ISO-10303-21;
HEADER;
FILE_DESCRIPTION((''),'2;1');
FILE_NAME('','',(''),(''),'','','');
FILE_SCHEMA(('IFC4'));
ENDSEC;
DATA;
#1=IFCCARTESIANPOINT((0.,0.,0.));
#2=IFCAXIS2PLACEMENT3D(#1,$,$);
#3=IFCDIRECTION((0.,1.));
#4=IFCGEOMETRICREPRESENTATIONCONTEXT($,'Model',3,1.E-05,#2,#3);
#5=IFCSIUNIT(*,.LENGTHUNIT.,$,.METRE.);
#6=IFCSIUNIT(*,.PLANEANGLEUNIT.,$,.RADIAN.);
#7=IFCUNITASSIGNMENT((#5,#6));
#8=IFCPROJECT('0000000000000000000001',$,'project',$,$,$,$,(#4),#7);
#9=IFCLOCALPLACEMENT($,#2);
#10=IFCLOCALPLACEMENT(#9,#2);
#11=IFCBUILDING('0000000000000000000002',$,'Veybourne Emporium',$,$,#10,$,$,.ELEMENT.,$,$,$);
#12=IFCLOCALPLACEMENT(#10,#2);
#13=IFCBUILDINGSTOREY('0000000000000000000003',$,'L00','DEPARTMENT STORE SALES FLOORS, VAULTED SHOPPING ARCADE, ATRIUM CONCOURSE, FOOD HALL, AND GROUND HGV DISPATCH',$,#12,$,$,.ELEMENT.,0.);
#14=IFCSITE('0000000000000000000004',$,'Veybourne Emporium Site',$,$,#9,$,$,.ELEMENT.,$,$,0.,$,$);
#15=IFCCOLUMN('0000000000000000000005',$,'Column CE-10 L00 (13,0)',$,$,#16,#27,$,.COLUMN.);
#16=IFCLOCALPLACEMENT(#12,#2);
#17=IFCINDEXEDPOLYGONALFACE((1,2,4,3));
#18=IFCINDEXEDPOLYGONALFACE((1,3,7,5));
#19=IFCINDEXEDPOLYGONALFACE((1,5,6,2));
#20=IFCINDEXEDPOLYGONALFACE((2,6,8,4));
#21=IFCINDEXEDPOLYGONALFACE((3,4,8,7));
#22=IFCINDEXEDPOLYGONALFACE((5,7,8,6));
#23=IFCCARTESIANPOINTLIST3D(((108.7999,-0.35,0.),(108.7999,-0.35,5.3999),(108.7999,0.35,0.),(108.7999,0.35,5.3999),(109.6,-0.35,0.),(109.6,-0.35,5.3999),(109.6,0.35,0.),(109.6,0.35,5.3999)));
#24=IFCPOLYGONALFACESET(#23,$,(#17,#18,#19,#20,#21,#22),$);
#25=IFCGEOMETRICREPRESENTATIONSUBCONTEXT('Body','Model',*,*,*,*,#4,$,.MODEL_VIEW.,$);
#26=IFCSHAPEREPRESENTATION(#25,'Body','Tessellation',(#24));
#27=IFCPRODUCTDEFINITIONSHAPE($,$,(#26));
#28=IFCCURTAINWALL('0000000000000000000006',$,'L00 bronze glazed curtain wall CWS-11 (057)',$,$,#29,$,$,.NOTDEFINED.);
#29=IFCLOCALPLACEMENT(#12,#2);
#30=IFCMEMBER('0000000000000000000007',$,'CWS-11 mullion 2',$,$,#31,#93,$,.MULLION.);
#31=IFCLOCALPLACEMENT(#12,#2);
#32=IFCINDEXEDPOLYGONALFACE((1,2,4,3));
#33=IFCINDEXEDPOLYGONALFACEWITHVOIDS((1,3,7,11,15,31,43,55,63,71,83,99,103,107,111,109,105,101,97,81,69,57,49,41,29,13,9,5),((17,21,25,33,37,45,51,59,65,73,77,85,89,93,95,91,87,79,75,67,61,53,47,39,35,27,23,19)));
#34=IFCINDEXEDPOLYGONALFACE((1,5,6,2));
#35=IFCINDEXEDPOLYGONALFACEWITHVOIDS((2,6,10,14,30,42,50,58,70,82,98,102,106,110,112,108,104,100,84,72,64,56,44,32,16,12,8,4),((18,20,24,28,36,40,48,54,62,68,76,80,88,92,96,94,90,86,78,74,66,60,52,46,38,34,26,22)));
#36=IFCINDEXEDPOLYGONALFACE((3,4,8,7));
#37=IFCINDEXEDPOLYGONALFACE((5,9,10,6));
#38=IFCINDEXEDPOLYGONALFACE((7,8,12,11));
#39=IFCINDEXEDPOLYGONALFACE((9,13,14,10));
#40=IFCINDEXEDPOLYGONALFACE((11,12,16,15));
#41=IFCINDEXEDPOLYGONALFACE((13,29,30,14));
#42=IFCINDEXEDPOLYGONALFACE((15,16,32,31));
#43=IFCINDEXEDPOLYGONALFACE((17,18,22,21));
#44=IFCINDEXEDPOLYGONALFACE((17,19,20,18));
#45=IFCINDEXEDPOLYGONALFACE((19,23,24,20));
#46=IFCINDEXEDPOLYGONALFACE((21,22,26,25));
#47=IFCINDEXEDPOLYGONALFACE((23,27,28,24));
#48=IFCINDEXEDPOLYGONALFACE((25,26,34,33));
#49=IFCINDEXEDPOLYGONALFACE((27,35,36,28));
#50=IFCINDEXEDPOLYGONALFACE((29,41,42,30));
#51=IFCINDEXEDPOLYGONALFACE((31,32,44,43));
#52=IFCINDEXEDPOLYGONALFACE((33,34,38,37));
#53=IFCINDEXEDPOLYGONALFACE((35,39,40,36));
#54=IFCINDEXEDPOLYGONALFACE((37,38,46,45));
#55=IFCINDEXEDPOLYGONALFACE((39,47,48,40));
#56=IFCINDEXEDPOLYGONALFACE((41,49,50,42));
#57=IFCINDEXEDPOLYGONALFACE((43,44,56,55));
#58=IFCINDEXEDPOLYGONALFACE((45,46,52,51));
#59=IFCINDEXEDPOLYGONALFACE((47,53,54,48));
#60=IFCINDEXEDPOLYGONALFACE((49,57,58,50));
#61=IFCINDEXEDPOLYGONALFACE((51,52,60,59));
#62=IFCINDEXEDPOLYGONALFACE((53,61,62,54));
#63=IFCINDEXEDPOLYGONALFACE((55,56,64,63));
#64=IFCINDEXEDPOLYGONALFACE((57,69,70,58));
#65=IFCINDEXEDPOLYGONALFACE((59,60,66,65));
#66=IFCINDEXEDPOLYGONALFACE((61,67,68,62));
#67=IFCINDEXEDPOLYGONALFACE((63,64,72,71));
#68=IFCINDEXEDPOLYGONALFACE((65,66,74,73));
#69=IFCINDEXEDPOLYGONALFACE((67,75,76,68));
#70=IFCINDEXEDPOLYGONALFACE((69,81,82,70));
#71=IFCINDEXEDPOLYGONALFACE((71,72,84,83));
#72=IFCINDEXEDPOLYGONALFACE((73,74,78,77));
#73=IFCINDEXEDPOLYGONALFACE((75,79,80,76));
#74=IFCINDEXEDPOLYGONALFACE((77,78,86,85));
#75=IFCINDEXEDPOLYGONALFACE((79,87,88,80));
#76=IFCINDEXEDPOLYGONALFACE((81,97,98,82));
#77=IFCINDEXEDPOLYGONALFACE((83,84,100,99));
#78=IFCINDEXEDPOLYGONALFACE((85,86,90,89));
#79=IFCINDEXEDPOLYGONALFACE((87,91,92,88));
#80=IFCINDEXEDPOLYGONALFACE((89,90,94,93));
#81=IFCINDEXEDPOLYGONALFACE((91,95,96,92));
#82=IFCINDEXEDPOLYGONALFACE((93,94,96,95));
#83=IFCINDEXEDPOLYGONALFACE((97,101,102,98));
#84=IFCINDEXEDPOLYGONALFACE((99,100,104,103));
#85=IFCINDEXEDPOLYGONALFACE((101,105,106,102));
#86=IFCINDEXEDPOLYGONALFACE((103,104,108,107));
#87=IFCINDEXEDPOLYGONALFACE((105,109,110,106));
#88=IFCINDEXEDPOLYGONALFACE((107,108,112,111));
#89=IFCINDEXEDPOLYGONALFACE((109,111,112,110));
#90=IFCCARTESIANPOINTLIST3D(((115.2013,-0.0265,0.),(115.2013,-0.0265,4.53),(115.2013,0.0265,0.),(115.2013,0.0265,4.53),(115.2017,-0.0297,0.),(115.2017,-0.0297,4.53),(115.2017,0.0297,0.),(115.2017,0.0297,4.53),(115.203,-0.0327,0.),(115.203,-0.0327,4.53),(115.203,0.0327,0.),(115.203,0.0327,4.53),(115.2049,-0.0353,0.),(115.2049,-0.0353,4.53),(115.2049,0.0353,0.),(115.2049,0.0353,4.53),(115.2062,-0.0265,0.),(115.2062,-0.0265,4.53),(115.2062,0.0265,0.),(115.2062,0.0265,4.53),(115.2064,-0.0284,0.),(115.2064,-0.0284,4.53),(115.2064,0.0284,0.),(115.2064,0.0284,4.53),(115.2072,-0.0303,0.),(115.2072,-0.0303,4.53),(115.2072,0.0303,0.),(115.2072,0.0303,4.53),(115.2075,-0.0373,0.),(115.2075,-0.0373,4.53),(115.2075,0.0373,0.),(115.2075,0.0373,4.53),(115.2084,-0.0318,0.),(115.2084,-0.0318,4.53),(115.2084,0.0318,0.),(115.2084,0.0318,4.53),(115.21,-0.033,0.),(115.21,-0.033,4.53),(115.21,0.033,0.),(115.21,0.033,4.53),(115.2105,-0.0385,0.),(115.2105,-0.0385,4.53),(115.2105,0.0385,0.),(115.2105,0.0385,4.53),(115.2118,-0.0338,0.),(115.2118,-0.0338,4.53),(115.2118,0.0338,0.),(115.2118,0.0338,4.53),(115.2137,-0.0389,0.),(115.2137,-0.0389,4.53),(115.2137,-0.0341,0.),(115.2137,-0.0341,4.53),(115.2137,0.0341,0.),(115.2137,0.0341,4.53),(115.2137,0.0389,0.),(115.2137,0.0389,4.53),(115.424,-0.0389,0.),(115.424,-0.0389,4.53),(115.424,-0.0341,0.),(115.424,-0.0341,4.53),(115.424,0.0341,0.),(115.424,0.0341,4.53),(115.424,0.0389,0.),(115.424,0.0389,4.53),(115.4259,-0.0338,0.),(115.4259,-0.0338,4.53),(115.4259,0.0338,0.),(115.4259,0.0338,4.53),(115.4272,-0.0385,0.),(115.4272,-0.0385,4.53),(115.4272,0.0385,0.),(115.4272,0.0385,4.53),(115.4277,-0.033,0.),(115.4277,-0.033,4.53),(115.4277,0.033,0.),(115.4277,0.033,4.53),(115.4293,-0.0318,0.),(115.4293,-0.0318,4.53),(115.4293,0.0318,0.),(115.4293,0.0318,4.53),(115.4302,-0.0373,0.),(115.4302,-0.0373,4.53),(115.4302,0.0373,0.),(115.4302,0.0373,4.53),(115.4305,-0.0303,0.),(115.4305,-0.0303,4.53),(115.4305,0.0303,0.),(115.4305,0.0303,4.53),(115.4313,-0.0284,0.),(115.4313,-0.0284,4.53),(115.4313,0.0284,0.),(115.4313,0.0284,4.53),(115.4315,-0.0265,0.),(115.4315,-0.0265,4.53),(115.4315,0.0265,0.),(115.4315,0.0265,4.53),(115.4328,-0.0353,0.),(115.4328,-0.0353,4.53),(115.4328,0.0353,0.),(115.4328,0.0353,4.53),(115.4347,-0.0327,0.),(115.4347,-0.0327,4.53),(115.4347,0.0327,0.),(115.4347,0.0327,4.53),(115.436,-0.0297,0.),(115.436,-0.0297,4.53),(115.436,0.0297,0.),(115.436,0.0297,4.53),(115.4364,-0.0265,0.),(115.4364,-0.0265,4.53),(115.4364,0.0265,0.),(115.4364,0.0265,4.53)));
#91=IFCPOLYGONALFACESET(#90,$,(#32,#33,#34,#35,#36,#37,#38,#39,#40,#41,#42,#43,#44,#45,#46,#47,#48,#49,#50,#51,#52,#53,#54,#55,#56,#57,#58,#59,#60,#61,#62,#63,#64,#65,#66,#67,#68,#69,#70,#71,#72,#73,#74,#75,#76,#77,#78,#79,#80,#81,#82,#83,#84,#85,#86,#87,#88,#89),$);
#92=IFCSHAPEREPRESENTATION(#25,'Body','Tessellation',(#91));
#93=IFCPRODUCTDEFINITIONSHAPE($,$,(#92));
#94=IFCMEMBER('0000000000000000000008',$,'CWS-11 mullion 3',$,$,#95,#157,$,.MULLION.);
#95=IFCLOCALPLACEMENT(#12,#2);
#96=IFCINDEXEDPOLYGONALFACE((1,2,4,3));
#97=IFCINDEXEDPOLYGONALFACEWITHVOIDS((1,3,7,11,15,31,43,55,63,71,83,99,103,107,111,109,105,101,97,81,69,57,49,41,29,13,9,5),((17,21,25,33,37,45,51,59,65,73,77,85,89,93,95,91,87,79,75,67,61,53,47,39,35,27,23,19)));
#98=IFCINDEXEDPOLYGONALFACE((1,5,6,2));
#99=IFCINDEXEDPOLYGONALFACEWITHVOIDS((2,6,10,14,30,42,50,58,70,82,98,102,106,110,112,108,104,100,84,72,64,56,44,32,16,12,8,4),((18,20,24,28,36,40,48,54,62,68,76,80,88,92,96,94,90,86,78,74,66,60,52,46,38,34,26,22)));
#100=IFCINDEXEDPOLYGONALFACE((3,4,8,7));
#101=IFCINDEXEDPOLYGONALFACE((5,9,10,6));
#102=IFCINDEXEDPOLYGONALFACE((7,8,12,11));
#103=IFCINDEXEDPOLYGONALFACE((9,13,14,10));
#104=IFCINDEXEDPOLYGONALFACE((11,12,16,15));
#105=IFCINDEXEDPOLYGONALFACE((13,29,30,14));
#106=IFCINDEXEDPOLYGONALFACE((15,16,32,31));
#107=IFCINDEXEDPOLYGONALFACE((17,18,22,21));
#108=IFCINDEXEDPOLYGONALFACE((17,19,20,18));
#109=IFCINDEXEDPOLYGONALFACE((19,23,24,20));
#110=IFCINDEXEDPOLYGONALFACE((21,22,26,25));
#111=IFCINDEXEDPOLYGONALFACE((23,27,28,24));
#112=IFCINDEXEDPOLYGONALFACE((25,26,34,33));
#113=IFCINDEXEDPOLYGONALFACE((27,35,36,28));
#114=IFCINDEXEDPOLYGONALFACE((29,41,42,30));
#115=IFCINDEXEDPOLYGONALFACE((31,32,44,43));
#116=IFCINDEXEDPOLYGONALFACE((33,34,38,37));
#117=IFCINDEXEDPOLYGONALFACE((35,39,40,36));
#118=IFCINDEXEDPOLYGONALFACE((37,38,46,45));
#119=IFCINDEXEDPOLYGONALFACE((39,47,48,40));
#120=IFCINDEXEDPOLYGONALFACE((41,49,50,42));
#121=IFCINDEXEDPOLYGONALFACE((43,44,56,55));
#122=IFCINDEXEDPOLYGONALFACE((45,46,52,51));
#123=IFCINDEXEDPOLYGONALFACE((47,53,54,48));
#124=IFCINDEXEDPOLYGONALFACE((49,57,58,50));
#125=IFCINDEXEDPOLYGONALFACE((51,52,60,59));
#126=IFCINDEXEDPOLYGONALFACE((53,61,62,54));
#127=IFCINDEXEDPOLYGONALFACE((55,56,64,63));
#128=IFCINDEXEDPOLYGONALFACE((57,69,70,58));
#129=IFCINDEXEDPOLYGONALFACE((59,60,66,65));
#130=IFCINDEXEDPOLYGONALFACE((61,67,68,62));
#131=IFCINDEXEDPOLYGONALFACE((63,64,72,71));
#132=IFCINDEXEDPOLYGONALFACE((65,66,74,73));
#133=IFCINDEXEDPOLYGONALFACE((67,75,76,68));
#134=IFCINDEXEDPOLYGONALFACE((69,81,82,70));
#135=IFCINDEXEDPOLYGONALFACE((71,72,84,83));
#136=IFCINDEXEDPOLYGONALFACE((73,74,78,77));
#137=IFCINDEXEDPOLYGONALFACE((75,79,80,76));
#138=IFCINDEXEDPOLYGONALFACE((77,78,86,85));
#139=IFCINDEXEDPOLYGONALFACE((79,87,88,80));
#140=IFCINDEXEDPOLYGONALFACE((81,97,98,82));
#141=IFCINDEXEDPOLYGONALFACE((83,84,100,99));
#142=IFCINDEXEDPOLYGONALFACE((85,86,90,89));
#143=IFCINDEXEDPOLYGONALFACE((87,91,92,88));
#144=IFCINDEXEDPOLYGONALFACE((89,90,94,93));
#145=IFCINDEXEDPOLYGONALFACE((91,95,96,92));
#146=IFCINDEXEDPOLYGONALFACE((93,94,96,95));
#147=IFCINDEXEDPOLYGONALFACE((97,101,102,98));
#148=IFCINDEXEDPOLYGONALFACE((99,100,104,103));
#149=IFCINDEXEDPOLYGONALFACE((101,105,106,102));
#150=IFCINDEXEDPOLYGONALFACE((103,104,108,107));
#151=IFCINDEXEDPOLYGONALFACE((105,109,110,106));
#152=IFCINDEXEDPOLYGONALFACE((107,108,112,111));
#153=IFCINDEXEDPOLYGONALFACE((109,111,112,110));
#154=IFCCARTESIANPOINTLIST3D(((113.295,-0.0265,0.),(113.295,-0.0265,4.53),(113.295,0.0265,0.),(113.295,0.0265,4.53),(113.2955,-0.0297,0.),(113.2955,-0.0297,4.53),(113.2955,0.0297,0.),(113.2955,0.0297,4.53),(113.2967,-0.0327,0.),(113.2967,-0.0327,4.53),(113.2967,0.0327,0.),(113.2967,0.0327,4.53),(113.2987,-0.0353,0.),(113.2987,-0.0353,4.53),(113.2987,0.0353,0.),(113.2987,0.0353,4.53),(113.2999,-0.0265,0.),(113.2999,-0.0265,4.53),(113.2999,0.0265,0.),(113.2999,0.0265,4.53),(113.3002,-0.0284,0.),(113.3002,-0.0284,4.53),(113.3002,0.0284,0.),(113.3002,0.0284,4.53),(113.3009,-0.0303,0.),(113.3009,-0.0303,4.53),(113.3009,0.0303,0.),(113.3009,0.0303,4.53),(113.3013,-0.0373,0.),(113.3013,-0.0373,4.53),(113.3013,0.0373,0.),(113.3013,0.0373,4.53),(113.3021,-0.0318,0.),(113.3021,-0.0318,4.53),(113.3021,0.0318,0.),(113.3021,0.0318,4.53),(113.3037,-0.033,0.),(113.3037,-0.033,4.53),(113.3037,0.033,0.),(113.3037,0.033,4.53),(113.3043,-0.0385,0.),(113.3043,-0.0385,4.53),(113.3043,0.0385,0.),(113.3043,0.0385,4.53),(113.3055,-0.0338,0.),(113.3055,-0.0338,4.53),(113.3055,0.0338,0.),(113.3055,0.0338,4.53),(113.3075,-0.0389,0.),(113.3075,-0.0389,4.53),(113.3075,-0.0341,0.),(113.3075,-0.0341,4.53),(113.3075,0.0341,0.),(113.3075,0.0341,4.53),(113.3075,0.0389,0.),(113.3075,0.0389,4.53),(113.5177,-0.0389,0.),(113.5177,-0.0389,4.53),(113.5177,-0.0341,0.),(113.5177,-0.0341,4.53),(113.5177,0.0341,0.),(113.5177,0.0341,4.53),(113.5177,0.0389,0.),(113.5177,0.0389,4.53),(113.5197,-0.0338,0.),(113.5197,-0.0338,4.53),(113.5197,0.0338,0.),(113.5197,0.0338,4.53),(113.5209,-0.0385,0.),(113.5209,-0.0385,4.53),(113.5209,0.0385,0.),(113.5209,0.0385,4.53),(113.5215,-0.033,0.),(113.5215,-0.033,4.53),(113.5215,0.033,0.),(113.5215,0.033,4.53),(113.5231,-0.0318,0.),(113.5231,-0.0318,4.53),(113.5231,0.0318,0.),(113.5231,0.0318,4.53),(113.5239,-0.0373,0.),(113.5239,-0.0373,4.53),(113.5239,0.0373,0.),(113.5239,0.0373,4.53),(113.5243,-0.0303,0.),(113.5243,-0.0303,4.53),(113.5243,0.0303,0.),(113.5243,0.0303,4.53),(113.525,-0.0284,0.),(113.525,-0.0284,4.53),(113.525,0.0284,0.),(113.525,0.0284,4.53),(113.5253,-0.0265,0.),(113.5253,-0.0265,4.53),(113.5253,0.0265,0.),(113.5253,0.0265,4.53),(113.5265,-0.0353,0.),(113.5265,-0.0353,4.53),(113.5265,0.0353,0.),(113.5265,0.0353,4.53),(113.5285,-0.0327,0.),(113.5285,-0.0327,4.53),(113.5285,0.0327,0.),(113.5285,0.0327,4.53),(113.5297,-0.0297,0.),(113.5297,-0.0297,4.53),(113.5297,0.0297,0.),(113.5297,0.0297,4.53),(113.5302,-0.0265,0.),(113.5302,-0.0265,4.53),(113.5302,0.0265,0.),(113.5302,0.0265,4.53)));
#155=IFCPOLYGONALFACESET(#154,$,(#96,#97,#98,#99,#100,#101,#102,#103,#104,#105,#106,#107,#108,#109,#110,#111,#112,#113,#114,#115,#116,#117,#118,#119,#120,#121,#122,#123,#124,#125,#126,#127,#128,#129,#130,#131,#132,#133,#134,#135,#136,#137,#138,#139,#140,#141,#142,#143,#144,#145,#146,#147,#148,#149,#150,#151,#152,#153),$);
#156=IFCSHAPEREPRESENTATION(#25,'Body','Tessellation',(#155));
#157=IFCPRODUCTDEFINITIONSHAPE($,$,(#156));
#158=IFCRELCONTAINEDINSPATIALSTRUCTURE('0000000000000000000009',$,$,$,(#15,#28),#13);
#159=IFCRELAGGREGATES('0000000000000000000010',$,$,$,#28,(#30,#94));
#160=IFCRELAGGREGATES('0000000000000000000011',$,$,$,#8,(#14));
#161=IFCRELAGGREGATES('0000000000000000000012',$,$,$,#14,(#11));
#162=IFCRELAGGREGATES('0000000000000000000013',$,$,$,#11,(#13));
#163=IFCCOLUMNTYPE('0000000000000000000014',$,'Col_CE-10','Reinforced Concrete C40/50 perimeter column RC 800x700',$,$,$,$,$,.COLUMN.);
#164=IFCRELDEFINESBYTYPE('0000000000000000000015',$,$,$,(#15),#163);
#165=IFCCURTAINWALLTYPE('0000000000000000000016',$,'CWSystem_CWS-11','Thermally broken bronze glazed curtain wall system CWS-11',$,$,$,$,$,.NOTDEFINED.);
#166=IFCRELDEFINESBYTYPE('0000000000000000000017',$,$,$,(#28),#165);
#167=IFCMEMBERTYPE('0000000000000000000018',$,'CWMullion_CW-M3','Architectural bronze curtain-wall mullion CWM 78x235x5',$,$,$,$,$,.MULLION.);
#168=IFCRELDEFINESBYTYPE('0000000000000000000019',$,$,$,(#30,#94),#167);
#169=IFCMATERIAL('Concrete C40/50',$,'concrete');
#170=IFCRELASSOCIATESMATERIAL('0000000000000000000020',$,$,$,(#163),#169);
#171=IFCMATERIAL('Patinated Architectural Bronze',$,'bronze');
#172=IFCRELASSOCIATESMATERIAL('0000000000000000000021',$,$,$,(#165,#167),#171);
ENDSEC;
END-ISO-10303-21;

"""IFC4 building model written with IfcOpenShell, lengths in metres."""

from ifc_helpers import new_model, si_unit, direction, frame, origin, origin_2d, place, context, subcontext, project, spatial, rectangle, hollow_rectangle, extrude, material, material_profile, profile_set, type_object, element, aggregate, save


model = new_model("IFC4")

# Units and contexts
model_context = context("Model", 3, precision=1e-05, world=origin(), true_north=direction((0.0, 1.0)))
body_context = subcontext(model_context, "Body", "Model", "MODEL_VIEW")
ifc_project = project(units=[si_unit("LENGTHUNIT", "METRE"), si_unit("PLANEANGLEUNIT", "RADIAN")], contexts=[model_context])

# Site, building, storey
site_placement = place(None, origin())
site = spatial("IfcSite", under=ifc_project, at=site_placement, Name="Veybourne Emporium Site", CompositionType="ELEMENT", RefElevation=0.0)
building_placement = place(site_placement, origin())
building = spatial("IfcBuilding", under=site, at=building_placement, Name="Veybourne Emporium", CompositionType="ELEMENT")
storey_placement = place(building_placement, origin())
storey = spatial("IfcBuildingStorey", under=building, at=storey_placement, Name="L00", Description="DEPARTMENT STORE SALES FLOORS, VAULTED SHOPPING ARCADE, ATRIUM CONCOURSE, FOOD HALL, AND GROUND HGV DISPATCH", CompositionType="ELEMENT", Elevation=0.0)

# Column
ifc_material_1 = material(Name="Concrete C40/50", Category="concrete")
ifc_material_profile_1 = material_profile(ifc_material_1, rectangle(XDim=0.8, YDim=0.7, at=origin_2d()), Name="RC 800x700")
ifc_profile_set_1 = profile_set([ifc_material_profile_1], Name="Concrete C40/50")
column_type = type_object("IfcColumnType", Name="Col_CE-10", Description="Reinforced Concrete C40/50 perimeter column RC 800x700", PredefinedType="COLUMN", material=ifc_profile_set_1)
column_placement = place(storey_placement, frame((109.2, 0.0, 0.0), z_axis=(0.0, 0.0, 1.0), x_axis=(1.0, 0.0, 0.0)))
element("IfcColumn", 1, at=column_placement, inside=storey, type_object=column_type, Name="Column CE-10 L00 (13,0)", PredefinedType="COLUMN", context=body_context, shape_type="SweptSolid", body=[
    extrude(rectangle(XDim=0.8, YDim=0.7, at=origin_2d()), origin(), (0.0, 0.0, 1.0), 5.3999),
])

# Curtain wall, members
ifc_material_2 = material(Name="Patinated Architectural Bronze", Category="bronze")
curtain_wall_type = type_object("IfcCurtainWallType", Name="CWSystem_CWS-11", Description="Thermally broken bronze glazed curtain wall system CWS-11", PredefinedType="NOTDEFINED", material=ifc_material_2)
curtain_wall_placement = place(storey_placement, origin())
curtain_wall = element("IfcCurtainWall", 2, at=curtain_wall_placement, inside=storey, type_object=curtain_wall_type, Name="L00 bronze glazed curtain wall CWS-11 (057)", PredefinedType="NOTDEFINED")
ifc_material_profile_2 = material_profile(ifc_material_2, hollow_rectangle(XDim=0.0779, YDim=0.2351, WallThickness=0.0049, InnerFilletRadius=0.0076, OuterFilletRadius=0.0125, at=origin_2d()), Name="CWM 78x235x5")
ifc_profile_set_2 = profile_set([ifc_material_profile_2], Name="Patinated Architectural Bronze")
member_type_1 = type_object("IfcMemberType", Name="CWMullion_CW-M3", Description="Architectural bronze curtain-wall mullion CWM 78x235x5", PredefinedType="MULLION", material=ifc_profile_set_2)
member_1_placement = place(storey_placement, frame((115.3188, 0.0, 0.0), z_axis=(0.0, 0.0, 1.0), x_axis=(0.0, -1.0, 0.0)))
member_1 = element("IfcMember", 3, at=member_1_placement, type_object=member_type_1, Name="CWS-11 mullion 2", PredefinedType="MULLION", context=body_context, shape_type="SweptSolid", body=[
    extrude(hollow_rectangle(XDim=0.0779, YDim=0.2351, WallThickness=0.0049, InnerFilletRadius=0.0076, OuterFilletRadius=0.0125, at=origin_2d()), origin(), (0.0, 0.0, 1.0), 4.53),
])
member_2_placement = place(storey_placement, frame((113.4126, 0.0, 0.0), z_axis=(0.0, 0.0, 1.0), x_axis=(0.0, -1.0, 0.0)))
member_2 = element("IfcMember", 4, at=member_2_placement, type_object=member_type_1, Name="CWS-11 mullion 3", PredefinedType="MULLION", context=body_context, shape_type="SweptSolid", body=[
    extrude(hollow_rectangle(XDim=0.0779, YDim=0.2351, WallThickness=0.0049, InnerFilletRadius=0.0076, OuterFilletRadius=0.0125, at=origin_2d()), origin(), (0.0, 0.0, 1.0), 4.53),
])

aggregate(curtain_wall, [member_1, member_2])

save(model, "model.ifc")
